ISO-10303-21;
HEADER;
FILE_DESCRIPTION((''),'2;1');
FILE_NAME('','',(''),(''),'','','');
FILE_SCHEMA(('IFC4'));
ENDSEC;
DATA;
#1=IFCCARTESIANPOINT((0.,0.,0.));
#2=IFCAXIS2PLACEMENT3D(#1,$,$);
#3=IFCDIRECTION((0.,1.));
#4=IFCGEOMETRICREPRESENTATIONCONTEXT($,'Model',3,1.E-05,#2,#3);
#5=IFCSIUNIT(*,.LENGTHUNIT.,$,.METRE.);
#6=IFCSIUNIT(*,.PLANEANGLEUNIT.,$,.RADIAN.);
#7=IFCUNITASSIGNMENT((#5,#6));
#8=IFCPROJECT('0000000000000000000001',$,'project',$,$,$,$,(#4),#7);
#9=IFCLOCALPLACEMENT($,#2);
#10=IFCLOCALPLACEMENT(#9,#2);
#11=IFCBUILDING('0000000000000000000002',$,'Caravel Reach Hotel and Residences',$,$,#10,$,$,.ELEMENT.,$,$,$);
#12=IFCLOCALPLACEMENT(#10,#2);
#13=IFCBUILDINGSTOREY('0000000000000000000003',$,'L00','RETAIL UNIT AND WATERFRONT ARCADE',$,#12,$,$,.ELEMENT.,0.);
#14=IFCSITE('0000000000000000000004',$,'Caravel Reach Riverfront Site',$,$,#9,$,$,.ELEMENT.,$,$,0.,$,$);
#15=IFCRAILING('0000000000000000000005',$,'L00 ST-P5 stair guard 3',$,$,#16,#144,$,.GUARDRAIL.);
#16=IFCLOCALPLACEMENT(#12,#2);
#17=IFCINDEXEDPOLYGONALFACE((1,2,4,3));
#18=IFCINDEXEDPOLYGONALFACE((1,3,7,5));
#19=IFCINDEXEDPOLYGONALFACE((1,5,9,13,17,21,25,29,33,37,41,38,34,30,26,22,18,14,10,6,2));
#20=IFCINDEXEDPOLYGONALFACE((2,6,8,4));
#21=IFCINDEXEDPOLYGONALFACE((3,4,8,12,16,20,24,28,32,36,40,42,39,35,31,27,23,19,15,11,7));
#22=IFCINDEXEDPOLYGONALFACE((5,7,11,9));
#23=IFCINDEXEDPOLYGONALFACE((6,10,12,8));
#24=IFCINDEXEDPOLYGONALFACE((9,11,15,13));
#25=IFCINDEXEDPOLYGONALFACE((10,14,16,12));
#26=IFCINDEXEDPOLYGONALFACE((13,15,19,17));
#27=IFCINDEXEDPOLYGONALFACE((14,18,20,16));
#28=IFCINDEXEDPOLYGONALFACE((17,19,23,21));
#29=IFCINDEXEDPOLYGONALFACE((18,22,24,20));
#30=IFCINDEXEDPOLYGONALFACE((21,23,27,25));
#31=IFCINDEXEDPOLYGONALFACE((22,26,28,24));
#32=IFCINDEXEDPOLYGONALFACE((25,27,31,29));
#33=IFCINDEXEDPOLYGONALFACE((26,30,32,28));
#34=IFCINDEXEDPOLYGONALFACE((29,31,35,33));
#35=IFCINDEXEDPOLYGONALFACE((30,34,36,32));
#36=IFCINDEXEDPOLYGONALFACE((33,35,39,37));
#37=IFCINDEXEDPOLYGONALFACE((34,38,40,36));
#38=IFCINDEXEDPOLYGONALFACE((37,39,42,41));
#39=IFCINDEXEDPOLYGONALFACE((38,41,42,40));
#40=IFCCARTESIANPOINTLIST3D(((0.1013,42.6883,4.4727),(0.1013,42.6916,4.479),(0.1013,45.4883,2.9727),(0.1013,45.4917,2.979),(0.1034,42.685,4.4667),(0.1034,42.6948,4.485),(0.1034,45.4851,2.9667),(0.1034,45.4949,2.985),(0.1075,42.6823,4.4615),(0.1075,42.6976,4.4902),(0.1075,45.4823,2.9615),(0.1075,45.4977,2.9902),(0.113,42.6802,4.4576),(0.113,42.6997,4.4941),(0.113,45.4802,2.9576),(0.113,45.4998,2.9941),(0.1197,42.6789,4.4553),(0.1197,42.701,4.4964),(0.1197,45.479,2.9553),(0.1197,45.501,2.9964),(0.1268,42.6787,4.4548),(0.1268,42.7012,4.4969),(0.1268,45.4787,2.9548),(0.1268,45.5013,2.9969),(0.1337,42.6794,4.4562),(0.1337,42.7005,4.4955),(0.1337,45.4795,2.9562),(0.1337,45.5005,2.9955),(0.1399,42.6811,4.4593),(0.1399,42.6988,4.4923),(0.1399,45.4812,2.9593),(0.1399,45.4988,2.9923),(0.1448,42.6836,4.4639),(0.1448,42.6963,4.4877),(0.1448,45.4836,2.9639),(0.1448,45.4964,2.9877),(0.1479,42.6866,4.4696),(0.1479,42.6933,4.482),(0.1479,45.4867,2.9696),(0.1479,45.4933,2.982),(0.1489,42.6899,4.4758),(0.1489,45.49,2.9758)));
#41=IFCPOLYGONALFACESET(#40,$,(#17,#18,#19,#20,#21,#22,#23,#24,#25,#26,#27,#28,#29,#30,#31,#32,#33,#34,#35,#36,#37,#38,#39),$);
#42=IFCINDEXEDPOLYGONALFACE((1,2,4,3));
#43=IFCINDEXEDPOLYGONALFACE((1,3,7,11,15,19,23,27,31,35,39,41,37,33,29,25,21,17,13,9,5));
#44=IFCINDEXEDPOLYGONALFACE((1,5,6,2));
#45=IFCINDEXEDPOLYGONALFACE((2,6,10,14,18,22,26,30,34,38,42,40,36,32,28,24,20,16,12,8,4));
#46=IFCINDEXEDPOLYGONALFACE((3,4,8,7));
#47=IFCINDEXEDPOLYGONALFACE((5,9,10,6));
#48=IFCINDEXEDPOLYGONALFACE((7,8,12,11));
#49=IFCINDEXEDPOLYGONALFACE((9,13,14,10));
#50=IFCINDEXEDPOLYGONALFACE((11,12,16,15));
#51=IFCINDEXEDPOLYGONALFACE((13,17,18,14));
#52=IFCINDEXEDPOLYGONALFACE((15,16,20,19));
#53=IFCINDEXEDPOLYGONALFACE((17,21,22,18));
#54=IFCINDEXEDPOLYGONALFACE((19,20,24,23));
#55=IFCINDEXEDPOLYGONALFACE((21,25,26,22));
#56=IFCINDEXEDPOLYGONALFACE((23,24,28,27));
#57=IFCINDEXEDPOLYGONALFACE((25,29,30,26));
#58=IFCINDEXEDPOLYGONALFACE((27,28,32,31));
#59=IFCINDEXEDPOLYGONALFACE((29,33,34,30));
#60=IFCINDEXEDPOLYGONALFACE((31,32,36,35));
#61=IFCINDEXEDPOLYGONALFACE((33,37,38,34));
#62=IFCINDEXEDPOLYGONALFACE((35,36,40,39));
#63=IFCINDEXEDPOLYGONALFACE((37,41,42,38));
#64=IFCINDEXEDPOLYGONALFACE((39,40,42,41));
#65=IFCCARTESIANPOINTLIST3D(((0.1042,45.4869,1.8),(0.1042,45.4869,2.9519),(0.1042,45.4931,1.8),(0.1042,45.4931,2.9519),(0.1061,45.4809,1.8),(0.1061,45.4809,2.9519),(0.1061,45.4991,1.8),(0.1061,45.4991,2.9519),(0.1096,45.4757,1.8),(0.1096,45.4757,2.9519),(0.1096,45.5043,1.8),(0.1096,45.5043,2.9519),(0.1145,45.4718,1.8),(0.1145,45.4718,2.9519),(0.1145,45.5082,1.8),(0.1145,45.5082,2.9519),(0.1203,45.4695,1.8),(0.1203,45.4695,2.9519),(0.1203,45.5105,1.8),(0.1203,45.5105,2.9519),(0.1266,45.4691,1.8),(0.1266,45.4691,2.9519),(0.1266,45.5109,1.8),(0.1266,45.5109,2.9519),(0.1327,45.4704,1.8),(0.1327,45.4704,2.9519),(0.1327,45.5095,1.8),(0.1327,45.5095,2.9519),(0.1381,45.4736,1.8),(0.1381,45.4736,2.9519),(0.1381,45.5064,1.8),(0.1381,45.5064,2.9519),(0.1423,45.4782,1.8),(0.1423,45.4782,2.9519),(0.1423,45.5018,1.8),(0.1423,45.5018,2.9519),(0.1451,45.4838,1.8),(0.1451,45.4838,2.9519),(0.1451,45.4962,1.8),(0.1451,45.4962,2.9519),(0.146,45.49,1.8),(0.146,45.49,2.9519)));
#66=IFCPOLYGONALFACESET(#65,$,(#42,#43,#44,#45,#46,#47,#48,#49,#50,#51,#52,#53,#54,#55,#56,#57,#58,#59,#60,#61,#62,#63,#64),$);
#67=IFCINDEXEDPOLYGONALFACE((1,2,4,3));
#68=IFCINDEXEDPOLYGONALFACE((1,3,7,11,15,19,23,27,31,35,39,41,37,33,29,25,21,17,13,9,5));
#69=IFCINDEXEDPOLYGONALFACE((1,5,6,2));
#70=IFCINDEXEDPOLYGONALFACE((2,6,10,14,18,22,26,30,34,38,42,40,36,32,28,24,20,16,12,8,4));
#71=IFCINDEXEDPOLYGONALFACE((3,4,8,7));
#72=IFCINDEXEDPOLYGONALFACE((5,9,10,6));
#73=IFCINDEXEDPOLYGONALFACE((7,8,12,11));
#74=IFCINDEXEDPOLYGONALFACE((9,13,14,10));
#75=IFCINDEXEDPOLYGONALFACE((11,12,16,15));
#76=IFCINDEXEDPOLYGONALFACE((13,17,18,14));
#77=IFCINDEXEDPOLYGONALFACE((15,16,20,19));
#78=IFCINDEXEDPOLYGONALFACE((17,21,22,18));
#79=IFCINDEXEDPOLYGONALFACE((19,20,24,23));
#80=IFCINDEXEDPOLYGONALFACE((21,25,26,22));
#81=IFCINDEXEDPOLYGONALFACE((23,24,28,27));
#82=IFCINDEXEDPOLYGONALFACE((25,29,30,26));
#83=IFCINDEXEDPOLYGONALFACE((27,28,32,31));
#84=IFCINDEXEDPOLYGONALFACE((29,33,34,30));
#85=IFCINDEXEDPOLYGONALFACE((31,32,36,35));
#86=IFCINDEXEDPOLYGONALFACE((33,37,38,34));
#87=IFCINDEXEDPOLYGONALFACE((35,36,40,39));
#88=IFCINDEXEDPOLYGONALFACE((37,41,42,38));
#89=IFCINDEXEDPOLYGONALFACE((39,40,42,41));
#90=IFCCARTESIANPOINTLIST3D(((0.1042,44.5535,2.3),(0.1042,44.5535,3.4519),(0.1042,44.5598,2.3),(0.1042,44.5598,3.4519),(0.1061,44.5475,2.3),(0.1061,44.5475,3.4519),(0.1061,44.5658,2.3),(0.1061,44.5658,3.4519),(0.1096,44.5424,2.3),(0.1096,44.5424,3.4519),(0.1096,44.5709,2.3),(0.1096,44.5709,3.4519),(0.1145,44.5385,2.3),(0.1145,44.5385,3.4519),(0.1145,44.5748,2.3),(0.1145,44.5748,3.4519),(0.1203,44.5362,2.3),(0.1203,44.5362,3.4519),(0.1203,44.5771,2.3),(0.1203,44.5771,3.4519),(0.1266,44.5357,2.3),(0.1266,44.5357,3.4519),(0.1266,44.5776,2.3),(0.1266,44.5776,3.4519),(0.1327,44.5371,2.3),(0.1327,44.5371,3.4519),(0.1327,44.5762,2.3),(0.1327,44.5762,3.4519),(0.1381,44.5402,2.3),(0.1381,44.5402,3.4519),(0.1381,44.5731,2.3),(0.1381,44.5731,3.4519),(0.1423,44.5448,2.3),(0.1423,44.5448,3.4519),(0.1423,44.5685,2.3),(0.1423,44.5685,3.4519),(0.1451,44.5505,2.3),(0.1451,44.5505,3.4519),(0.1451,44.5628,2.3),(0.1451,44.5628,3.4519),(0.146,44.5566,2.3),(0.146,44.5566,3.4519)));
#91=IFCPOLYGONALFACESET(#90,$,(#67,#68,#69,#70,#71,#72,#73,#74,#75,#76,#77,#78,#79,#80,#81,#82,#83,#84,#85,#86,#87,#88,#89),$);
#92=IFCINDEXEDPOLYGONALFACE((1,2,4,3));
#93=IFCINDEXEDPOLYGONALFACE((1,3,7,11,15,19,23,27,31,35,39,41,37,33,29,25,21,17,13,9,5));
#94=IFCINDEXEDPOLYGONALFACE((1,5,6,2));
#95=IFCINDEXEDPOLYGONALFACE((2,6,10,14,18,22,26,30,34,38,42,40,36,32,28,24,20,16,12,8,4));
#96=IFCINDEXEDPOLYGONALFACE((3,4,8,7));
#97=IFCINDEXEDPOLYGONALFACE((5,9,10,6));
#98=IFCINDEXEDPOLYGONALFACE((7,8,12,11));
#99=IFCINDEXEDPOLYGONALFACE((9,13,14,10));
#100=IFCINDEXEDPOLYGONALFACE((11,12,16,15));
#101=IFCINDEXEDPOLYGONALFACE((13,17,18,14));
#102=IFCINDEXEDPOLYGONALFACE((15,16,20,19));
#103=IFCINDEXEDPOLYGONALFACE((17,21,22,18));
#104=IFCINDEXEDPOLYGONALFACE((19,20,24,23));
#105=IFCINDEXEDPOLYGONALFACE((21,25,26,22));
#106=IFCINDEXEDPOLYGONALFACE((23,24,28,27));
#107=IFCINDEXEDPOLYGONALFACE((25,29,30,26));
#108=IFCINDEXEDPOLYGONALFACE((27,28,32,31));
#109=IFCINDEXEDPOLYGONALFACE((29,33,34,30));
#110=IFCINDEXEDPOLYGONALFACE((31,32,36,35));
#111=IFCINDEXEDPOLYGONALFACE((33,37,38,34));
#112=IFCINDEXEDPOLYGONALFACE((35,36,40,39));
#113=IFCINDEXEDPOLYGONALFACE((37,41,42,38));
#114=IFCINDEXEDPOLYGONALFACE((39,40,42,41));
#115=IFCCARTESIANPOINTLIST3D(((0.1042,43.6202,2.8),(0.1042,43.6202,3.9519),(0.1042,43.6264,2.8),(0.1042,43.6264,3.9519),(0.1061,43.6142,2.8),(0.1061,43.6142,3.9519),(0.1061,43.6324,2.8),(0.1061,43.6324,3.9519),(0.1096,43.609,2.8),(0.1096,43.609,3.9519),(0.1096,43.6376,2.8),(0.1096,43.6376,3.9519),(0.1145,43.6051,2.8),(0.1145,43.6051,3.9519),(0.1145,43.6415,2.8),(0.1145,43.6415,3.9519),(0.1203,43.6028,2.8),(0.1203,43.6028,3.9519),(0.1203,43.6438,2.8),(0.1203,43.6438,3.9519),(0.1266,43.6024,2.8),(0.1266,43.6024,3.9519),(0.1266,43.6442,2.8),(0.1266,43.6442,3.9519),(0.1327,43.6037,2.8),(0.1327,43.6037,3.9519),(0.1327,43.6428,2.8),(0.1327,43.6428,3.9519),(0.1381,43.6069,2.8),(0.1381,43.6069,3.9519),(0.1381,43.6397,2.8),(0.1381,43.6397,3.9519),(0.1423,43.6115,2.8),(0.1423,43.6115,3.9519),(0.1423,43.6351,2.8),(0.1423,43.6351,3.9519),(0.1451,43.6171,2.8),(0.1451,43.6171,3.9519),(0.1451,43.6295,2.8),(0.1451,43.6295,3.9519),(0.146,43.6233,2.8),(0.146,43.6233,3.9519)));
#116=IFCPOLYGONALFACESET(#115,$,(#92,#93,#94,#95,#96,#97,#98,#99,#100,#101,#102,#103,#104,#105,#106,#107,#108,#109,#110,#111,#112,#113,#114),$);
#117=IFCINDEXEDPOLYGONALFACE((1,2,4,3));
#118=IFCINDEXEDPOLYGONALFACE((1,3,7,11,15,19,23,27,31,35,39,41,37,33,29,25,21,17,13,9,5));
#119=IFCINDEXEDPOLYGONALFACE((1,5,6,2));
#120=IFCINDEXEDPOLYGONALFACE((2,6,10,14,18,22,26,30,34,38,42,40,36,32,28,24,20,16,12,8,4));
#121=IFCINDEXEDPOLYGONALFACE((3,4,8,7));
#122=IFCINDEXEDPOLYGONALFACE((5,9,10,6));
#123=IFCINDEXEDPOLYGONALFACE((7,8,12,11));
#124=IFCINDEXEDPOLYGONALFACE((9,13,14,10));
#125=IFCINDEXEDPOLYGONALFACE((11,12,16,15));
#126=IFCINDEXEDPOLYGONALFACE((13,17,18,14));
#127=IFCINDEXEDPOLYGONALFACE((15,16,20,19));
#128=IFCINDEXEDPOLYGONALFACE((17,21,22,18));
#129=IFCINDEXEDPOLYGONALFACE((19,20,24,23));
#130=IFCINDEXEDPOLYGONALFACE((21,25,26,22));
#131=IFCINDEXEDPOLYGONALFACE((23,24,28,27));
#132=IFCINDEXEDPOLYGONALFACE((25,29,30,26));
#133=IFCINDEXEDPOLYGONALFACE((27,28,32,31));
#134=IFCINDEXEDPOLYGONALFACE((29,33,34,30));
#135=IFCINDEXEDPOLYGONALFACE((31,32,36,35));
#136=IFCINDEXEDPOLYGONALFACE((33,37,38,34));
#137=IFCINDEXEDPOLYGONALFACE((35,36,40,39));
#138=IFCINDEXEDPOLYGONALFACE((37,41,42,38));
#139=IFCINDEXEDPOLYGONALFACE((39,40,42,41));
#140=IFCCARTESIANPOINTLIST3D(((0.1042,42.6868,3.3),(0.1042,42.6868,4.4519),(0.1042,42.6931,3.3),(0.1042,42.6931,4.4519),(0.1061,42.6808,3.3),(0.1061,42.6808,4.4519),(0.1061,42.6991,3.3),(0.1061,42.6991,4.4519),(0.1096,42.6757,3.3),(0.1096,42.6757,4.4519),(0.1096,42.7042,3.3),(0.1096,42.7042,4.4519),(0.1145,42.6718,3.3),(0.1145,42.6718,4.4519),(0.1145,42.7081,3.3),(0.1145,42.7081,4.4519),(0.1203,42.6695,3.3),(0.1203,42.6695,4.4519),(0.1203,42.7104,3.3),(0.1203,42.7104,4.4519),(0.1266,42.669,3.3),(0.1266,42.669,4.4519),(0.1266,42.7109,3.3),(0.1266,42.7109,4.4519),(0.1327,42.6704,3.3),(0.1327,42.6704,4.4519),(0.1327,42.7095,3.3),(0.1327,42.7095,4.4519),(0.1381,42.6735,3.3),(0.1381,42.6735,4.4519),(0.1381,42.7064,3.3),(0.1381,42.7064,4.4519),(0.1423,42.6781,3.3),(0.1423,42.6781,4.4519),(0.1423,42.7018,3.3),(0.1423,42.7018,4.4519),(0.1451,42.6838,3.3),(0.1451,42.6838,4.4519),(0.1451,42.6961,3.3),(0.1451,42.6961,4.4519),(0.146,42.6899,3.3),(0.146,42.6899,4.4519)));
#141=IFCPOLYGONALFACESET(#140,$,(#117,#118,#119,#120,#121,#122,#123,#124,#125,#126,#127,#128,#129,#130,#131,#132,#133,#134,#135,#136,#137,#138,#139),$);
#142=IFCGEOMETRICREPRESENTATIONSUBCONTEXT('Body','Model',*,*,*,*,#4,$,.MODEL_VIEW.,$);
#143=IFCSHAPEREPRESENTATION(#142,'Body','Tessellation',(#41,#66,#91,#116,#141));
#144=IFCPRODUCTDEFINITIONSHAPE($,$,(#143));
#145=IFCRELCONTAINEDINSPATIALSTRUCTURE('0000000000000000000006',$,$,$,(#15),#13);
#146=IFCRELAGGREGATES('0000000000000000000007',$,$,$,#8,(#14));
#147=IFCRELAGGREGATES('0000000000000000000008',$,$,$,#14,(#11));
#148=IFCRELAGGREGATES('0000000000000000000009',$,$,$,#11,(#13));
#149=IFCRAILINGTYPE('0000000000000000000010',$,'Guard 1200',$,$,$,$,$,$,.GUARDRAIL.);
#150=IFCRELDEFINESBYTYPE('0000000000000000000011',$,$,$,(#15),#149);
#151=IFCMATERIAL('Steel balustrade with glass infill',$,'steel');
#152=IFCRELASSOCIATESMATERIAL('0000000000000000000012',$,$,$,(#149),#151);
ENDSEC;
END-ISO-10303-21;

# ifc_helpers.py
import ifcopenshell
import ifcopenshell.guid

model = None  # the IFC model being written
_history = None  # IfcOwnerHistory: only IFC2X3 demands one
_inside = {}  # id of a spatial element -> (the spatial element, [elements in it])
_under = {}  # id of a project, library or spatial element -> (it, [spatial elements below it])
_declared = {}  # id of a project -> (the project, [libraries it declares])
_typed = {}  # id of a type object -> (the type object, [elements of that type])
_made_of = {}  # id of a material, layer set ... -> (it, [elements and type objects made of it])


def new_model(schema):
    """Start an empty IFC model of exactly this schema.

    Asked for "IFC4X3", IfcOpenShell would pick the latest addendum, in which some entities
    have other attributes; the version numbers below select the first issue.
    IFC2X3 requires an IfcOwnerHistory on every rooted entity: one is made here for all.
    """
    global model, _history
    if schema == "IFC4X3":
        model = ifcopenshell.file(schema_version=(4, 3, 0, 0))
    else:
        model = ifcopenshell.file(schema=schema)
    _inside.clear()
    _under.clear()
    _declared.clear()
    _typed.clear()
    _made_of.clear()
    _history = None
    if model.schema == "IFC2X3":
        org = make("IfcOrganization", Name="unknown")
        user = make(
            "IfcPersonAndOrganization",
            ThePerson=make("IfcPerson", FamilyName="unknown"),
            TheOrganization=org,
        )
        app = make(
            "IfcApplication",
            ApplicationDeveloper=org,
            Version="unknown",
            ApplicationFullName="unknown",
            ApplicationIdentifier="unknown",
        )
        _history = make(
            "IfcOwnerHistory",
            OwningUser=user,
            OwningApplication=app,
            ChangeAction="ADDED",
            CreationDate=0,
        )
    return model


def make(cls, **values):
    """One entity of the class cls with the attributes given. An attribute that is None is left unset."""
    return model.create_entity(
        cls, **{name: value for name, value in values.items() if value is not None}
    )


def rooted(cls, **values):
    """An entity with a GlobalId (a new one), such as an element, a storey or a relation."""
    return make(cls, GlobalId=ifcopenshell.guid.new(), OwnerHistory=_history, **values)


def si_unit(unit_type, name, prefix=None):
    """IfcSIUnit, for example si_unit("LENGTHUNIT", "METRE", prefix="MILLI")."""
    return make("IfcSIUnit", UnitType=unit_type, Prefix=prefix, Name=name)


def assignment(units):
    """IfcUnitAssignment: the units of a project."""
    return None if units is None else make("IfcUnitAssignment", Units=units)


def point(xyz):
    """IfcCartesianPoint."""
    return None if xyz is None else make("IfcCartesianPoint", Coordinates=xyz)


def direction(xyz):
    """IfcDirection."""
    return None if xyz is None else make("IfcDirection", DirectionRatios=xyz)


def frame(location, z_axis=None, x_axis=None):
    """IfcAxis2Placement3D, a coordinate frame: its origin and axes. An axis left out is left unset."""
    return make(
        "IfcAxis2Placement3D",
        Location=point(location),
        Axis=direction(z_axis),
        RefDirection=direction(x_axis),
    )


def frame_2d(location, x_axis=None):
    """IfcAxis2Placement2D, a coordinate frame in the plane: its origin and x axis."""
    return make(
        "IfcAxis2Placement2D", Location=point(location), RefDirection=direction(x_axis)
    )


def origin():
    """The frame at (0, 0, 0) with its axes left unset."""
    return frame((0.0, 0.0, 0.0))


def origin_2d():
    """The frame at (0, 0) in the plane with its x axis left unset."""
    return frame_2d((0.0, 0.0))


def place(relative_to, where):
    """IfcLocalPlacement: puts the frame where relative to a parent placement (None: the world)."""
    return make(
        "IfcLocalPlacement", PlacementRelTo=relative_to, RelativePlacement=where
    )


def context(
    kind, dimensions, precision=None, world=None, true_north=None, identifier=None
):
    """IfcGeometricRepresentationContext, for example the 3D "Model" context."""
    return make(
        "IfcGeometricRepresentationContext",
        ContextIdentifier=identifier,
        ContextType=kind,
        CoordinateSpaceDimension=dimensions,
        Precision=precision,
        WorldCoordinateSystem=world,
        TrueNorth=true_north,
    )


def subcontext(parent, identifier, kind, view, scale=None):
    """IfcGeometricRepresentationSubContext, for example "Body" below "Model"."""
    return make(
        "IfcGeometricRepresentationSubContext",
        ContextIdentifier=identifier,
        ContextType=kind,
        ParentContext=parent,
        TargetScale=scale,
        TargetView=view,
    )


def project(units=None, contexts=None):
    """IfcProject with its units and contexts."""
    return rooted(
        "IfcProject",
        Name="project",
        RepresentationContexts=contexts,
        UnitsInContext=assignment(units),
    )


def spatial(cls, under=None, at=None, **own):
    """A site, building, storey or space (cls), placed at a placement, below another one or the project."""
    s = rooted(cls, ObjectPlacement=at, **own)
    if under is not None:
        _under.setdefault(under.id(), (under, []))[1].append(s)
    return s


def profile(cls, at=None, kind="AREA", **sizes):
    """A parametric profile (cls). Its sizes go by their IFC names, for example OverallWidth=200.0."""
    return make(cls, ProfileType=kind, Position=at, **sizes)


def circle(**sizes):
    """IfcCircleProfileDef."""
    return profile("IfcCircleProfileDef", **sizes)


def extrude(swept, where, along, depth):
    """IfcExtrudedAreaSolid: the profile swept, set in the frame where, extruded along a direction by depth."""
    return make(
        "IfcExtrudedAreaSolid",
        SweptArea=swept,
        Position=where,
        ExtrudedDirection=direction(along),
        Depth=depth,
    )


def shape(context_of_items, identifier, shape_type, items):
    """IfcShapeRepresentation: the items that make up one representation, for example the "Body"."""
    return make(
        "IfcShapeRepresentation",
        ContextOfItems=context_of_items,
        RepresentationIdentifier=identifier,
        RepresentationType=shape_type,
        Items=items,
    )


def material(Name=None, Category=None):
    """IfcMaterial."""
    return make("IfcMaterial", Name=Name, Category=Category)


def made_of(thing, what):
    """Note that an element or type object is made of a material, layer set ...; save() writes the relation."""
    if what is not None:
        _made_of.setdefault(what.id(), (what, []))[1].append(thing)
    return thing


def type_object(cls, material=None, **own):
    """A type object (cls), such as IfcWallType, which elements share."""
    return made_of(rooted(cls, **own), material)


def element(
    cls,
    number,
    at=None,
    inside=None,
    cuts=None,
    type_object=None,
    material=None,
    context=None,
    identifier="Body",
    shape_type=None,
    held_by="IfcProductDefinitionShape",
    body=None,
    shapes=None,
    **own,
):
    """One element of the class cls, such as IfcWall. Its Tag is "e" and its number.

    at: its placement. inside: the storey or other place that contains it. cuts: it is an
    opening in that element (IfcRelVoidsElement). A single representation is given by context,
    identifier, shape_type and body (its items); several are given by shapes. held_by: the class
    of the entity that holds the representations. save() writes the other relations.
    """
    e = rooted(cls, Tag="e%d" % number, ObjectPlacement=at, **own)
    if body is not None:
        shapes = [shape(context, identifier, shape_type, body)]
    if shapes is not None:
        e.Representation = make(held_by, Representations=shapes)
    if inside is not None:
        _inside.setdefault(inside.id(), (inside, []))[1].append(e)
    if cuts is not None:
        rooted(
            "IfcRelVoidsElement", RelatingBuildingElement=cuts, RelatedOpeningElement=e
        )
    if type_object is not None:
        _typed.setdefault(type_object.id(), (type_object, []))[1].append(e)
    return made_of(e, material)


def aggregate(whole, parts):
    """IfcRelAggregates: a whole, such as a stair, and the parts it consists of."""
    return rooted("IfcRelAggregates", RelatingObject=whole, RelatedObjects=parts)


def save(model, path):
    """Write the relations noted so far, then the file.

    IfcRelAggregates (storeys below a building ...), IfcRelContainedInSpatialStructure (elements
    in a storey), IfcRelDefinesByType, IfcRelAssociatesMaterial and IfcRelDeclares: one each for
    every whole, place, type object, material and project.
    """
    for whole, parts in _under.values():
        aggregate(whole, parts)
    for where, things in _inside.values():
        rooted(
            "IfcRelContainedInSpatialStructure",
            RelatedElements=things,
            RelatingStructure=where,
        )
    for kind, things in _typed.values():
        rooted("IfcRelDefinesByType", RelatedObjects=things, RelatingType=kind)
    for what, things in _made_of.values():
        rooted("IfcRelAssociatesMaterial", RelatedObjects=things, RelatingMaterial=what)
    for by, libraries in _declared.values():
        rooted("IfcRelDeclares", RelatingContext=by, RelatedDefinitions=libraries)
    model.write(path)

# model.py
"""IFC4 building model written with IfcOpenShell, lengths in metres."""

from ifc_helpers import new_model, si_unit, direction, frame, origin, origin_2d, place, context, subcontext, project, spatial, circle, extrude, material, type_object, element, save


model = new_model("IFC4")

# Units and contexts
model_context = context("Model", 3, precision=1e-05, world=origin(), true_north=direction((0.0, 1.0)))
body_context = subcontext(model_context, "Body", "Model", "MODEL_VIEW")
ifc_project = project(units=[si_unit("LENGTHUNIT", "METRE"), si_unit("PLANEANGLEUNIT", "RADIAN")], contexts=[model_context])

# Site, building, storey
site_placement = place(None, origin())
site = spatial("IfcSite", under=ifc_project, at=site_placement, Name="Caravel Reach Riverfront Site", CompositionType="ELEMENT", RefElevation=0.0)
building_placement = place(site_placement, origin())
building = spatial("IfcBuilding", under=site, at=building_placement, Name="Caravel Reach Hotel and Residences", CompositionType="ELEMENT")
storey_placement = place(building_placement, origin())
storey = spatial("IfcBuildingStorey", under=building, at=storey_placement, Name="L00", Description="RETAIL UNIT AND WATERFRONT ARCADE", CompositionType="ELEMENT", Elevation=0.0)

# Railing
ifc_material_1 = material(Name="Steel balustrade with glass infill", Category="steel")
railing_type_1 = type_object("IfcRailingType", Name="Guard 1200", PredefinedType="GUARDRAIL", material=ifc_material_1)
for number, where, name in (
    (1, (0.125, 45.49, 1.8), "L00 ST-P5 stair guard 3"),
):
    element("IfcRailing", number, at=place(storey_placement, frame(where)), inside=storey, type_object=railing_type_1, Name=name, PredefinedType="GUARDRAIL", context=body_context, shape_type="SweptSolid", body=[
        extrude(circle(Radius=0.0239, at=origin_2d()), frame((0.0, 0.0, 1.1758), z_axis=(0.0, -0.881483, 0.472215), x_axis=(1.0, 0.0, 0.0)), (0.0, 0.0, 1.0), 3.1765),
        extrude(circle(Radius=0.021, at=origin_2d()), origin(), (0.0, 0.0, 1.0), 1.1519),
        extrude(circle(Radius=0.021, at=origin_2d()), frame((0.0, -0.9333, 0.5)), (0.0, 0.0, 1.0), 1.1519),
        extrude(circle(Radius=0.021, at=origin_2d()), frame((0.0, -1.8667, 1.0)), (0.0, 0.0, 1.0), 1.1519),
        extrude(circle(Radius=0.021, at=origin_2d()), frame((0.0, -2.8, 1.5)), (0.0, 0.0, 1.0), 1.1519),
    ])

save(model, "model.ifc")
